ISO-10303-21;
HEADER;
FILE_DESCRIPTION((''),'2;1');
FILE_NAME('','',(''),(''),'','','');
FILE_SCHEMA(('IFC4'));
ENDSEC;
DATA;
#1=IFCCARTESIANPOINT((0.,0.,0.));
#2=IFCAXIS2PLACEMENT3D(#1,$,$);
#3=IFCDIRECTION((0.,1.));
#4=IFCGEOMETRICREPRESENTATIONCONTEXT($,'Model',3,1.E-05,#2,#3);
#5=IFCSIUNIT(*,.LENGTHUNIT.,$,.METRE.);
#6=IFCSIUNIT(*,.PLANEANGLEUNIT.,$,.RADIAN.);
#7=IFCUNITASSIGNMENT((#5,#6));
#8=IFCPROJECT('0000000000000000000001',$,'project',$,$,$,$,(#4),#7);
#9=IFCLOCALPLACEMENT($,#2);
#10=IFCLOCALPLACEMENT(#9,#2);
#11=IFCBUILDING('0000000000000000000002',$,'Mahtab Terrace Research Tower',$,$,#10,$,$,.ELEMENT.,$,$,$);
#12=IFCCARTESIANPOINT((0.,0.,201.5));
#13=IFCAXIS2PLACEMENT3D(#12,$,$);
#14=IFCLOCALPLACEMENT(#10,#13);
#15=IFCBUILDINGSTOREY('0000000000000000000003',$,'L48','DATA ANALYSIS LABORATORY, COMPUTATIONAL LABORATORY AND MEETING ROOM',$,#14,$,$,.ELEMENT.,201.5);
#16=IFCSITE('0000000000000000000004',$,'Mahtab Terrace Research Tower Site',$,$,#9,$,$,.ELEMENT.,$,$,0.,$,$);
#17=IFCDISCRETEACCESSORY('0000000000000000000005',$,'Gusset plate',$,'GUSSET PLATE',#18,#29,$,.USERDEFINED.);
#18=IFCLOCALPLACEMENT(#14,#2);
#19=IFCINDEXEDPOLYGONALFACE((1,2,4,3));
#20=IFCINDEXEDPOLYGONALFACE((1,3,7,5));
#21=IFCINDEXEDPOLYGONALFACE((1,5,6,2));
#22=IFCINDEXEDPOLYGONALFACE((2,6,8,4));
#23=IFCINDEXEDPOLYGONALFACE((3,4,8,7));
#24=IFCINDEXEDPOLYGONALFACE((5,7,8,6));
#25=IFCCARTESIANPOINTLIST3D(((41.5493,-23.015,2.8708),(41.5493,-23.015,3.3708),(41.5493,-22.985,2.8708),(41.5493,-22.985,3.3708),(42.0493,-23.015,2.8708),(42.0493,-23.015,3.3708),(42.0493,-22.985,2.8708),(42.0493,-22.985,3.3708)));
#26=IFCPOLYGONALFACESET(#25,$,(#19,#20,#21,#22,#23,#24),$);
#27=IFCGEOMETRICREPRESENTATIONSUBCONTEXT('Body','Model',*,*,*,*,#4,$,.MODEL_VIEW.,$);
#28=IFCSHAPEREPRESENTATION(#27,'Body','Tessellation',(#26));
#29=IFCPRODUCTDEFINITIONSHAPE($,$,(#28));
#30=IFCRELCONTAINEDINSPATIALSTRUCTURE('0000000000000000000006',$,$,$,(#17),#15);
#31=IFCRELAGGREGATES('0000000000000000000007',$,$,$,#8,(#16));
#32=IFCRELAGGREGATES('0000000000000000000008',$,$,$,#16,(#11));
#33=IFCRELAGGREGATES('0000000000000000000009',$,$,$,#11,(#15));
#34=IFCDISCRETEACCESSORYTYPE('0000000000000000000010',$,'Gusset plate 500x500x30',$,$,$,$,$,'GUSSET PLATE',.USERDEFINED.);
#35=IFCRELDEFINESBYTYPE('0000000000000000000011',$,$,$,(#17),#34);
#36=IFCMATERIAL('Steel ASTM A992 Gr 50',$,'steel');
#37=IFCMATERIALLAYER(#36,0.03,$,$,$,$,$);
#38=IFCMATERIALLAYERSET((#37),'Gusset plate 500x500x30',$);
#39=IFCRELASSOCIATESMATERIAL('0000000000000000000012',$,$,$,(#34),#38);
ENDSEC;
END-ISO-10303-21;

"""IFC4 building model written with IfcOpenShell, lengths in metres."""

from ifc_helpers import new_model, si_unit, direction, frame, origin, origin_2d, place, context, subcontext, project, spatial, rectangle, extrude, material, layer, layer_set, type_object, element, save


model = new_model("IFC4")

# Units and contexts
model_context = context("Model", 3, precision=1e-05, world=origin(), true_north=direction((0.0, 1.0)))
body_context = subcontext(model_context, "Body", "Model", "MODEL_VIEW")
ifc_project = project(units=[si_unit("LENGTHUNIT", "METRE"), si_unit("PLANEANGLEUNIT", "RADIAN")], contexts=[model_context])

# Site, building, storey
site_placement = place(None, origin())
site = spatial("IfcSite", under=ifc_project, at=site_placement, Name="Mahtab Terrace Research Tower Site", CompositionType="ELEMENT", RefElevation=0.0)
building_placement = place(site_placement, origin())
building = spatial("IfcBuilding", under=site, at=building_placement, Name="Mahtab Terrace Research Tower", CompositionType="ELEMENT")
storey_placement = place(building_placement, frame((0.0, 0.0, 201.5)))
storey = spatial("IfcBuildingStorey", under=building, at=storey_placement, Name="L48", Description="DATA ANALYSIS LABORATORY, COMPUTATIONAL LABORATORY AND MEETING ROOM", CompositionType="ELEMENT", Elevation=201.5)

# Shared definitions
ifc_material_1 = material(Name="Steel ASTM A992 Gr 50", Category="steel")

# Discrete accessory
ifc_layer_1 = layer(ifc_material_1, 0.03)
ifc_layer_set_1 = layer_set([ifc_layer_1], Name="Gusset plate 500x500x30")
discrete_accessory_type = type_object("IfcDiscreteAccessoryType", Name="Gusset plate 500x500x30", ElementType="GUSSET PLATE", PredefinedType="USERDEFINED", material=ifc_layer_set_1)
for number, where, z_axis, x_axis, name in (
    (1, (41.7993, -23.0, 2.8708), (0.0, 0.0, 1.0), (1.0, 0.0, 0.0), "Gusset plate"),
):
    element("IfcDiscreteAccessory", number, at=place(storey_placement, frame(where, z_axis=z_axis, x_axis=x_axis)), inside=storey, type_object=discrete_accessory_type, Name=name, ObjectType="GUSSET PLATE", PredefinedType="USERDEFINED", context=body_context, shape_type="SweptSolid", body=[
        extrude(rectangle(XDim=0.5, YDim=0.03, at=origin_2d()), origin(), (0.0, 0.0, 1.0), 0.5),
    ])

save(model, "model.ifc")
